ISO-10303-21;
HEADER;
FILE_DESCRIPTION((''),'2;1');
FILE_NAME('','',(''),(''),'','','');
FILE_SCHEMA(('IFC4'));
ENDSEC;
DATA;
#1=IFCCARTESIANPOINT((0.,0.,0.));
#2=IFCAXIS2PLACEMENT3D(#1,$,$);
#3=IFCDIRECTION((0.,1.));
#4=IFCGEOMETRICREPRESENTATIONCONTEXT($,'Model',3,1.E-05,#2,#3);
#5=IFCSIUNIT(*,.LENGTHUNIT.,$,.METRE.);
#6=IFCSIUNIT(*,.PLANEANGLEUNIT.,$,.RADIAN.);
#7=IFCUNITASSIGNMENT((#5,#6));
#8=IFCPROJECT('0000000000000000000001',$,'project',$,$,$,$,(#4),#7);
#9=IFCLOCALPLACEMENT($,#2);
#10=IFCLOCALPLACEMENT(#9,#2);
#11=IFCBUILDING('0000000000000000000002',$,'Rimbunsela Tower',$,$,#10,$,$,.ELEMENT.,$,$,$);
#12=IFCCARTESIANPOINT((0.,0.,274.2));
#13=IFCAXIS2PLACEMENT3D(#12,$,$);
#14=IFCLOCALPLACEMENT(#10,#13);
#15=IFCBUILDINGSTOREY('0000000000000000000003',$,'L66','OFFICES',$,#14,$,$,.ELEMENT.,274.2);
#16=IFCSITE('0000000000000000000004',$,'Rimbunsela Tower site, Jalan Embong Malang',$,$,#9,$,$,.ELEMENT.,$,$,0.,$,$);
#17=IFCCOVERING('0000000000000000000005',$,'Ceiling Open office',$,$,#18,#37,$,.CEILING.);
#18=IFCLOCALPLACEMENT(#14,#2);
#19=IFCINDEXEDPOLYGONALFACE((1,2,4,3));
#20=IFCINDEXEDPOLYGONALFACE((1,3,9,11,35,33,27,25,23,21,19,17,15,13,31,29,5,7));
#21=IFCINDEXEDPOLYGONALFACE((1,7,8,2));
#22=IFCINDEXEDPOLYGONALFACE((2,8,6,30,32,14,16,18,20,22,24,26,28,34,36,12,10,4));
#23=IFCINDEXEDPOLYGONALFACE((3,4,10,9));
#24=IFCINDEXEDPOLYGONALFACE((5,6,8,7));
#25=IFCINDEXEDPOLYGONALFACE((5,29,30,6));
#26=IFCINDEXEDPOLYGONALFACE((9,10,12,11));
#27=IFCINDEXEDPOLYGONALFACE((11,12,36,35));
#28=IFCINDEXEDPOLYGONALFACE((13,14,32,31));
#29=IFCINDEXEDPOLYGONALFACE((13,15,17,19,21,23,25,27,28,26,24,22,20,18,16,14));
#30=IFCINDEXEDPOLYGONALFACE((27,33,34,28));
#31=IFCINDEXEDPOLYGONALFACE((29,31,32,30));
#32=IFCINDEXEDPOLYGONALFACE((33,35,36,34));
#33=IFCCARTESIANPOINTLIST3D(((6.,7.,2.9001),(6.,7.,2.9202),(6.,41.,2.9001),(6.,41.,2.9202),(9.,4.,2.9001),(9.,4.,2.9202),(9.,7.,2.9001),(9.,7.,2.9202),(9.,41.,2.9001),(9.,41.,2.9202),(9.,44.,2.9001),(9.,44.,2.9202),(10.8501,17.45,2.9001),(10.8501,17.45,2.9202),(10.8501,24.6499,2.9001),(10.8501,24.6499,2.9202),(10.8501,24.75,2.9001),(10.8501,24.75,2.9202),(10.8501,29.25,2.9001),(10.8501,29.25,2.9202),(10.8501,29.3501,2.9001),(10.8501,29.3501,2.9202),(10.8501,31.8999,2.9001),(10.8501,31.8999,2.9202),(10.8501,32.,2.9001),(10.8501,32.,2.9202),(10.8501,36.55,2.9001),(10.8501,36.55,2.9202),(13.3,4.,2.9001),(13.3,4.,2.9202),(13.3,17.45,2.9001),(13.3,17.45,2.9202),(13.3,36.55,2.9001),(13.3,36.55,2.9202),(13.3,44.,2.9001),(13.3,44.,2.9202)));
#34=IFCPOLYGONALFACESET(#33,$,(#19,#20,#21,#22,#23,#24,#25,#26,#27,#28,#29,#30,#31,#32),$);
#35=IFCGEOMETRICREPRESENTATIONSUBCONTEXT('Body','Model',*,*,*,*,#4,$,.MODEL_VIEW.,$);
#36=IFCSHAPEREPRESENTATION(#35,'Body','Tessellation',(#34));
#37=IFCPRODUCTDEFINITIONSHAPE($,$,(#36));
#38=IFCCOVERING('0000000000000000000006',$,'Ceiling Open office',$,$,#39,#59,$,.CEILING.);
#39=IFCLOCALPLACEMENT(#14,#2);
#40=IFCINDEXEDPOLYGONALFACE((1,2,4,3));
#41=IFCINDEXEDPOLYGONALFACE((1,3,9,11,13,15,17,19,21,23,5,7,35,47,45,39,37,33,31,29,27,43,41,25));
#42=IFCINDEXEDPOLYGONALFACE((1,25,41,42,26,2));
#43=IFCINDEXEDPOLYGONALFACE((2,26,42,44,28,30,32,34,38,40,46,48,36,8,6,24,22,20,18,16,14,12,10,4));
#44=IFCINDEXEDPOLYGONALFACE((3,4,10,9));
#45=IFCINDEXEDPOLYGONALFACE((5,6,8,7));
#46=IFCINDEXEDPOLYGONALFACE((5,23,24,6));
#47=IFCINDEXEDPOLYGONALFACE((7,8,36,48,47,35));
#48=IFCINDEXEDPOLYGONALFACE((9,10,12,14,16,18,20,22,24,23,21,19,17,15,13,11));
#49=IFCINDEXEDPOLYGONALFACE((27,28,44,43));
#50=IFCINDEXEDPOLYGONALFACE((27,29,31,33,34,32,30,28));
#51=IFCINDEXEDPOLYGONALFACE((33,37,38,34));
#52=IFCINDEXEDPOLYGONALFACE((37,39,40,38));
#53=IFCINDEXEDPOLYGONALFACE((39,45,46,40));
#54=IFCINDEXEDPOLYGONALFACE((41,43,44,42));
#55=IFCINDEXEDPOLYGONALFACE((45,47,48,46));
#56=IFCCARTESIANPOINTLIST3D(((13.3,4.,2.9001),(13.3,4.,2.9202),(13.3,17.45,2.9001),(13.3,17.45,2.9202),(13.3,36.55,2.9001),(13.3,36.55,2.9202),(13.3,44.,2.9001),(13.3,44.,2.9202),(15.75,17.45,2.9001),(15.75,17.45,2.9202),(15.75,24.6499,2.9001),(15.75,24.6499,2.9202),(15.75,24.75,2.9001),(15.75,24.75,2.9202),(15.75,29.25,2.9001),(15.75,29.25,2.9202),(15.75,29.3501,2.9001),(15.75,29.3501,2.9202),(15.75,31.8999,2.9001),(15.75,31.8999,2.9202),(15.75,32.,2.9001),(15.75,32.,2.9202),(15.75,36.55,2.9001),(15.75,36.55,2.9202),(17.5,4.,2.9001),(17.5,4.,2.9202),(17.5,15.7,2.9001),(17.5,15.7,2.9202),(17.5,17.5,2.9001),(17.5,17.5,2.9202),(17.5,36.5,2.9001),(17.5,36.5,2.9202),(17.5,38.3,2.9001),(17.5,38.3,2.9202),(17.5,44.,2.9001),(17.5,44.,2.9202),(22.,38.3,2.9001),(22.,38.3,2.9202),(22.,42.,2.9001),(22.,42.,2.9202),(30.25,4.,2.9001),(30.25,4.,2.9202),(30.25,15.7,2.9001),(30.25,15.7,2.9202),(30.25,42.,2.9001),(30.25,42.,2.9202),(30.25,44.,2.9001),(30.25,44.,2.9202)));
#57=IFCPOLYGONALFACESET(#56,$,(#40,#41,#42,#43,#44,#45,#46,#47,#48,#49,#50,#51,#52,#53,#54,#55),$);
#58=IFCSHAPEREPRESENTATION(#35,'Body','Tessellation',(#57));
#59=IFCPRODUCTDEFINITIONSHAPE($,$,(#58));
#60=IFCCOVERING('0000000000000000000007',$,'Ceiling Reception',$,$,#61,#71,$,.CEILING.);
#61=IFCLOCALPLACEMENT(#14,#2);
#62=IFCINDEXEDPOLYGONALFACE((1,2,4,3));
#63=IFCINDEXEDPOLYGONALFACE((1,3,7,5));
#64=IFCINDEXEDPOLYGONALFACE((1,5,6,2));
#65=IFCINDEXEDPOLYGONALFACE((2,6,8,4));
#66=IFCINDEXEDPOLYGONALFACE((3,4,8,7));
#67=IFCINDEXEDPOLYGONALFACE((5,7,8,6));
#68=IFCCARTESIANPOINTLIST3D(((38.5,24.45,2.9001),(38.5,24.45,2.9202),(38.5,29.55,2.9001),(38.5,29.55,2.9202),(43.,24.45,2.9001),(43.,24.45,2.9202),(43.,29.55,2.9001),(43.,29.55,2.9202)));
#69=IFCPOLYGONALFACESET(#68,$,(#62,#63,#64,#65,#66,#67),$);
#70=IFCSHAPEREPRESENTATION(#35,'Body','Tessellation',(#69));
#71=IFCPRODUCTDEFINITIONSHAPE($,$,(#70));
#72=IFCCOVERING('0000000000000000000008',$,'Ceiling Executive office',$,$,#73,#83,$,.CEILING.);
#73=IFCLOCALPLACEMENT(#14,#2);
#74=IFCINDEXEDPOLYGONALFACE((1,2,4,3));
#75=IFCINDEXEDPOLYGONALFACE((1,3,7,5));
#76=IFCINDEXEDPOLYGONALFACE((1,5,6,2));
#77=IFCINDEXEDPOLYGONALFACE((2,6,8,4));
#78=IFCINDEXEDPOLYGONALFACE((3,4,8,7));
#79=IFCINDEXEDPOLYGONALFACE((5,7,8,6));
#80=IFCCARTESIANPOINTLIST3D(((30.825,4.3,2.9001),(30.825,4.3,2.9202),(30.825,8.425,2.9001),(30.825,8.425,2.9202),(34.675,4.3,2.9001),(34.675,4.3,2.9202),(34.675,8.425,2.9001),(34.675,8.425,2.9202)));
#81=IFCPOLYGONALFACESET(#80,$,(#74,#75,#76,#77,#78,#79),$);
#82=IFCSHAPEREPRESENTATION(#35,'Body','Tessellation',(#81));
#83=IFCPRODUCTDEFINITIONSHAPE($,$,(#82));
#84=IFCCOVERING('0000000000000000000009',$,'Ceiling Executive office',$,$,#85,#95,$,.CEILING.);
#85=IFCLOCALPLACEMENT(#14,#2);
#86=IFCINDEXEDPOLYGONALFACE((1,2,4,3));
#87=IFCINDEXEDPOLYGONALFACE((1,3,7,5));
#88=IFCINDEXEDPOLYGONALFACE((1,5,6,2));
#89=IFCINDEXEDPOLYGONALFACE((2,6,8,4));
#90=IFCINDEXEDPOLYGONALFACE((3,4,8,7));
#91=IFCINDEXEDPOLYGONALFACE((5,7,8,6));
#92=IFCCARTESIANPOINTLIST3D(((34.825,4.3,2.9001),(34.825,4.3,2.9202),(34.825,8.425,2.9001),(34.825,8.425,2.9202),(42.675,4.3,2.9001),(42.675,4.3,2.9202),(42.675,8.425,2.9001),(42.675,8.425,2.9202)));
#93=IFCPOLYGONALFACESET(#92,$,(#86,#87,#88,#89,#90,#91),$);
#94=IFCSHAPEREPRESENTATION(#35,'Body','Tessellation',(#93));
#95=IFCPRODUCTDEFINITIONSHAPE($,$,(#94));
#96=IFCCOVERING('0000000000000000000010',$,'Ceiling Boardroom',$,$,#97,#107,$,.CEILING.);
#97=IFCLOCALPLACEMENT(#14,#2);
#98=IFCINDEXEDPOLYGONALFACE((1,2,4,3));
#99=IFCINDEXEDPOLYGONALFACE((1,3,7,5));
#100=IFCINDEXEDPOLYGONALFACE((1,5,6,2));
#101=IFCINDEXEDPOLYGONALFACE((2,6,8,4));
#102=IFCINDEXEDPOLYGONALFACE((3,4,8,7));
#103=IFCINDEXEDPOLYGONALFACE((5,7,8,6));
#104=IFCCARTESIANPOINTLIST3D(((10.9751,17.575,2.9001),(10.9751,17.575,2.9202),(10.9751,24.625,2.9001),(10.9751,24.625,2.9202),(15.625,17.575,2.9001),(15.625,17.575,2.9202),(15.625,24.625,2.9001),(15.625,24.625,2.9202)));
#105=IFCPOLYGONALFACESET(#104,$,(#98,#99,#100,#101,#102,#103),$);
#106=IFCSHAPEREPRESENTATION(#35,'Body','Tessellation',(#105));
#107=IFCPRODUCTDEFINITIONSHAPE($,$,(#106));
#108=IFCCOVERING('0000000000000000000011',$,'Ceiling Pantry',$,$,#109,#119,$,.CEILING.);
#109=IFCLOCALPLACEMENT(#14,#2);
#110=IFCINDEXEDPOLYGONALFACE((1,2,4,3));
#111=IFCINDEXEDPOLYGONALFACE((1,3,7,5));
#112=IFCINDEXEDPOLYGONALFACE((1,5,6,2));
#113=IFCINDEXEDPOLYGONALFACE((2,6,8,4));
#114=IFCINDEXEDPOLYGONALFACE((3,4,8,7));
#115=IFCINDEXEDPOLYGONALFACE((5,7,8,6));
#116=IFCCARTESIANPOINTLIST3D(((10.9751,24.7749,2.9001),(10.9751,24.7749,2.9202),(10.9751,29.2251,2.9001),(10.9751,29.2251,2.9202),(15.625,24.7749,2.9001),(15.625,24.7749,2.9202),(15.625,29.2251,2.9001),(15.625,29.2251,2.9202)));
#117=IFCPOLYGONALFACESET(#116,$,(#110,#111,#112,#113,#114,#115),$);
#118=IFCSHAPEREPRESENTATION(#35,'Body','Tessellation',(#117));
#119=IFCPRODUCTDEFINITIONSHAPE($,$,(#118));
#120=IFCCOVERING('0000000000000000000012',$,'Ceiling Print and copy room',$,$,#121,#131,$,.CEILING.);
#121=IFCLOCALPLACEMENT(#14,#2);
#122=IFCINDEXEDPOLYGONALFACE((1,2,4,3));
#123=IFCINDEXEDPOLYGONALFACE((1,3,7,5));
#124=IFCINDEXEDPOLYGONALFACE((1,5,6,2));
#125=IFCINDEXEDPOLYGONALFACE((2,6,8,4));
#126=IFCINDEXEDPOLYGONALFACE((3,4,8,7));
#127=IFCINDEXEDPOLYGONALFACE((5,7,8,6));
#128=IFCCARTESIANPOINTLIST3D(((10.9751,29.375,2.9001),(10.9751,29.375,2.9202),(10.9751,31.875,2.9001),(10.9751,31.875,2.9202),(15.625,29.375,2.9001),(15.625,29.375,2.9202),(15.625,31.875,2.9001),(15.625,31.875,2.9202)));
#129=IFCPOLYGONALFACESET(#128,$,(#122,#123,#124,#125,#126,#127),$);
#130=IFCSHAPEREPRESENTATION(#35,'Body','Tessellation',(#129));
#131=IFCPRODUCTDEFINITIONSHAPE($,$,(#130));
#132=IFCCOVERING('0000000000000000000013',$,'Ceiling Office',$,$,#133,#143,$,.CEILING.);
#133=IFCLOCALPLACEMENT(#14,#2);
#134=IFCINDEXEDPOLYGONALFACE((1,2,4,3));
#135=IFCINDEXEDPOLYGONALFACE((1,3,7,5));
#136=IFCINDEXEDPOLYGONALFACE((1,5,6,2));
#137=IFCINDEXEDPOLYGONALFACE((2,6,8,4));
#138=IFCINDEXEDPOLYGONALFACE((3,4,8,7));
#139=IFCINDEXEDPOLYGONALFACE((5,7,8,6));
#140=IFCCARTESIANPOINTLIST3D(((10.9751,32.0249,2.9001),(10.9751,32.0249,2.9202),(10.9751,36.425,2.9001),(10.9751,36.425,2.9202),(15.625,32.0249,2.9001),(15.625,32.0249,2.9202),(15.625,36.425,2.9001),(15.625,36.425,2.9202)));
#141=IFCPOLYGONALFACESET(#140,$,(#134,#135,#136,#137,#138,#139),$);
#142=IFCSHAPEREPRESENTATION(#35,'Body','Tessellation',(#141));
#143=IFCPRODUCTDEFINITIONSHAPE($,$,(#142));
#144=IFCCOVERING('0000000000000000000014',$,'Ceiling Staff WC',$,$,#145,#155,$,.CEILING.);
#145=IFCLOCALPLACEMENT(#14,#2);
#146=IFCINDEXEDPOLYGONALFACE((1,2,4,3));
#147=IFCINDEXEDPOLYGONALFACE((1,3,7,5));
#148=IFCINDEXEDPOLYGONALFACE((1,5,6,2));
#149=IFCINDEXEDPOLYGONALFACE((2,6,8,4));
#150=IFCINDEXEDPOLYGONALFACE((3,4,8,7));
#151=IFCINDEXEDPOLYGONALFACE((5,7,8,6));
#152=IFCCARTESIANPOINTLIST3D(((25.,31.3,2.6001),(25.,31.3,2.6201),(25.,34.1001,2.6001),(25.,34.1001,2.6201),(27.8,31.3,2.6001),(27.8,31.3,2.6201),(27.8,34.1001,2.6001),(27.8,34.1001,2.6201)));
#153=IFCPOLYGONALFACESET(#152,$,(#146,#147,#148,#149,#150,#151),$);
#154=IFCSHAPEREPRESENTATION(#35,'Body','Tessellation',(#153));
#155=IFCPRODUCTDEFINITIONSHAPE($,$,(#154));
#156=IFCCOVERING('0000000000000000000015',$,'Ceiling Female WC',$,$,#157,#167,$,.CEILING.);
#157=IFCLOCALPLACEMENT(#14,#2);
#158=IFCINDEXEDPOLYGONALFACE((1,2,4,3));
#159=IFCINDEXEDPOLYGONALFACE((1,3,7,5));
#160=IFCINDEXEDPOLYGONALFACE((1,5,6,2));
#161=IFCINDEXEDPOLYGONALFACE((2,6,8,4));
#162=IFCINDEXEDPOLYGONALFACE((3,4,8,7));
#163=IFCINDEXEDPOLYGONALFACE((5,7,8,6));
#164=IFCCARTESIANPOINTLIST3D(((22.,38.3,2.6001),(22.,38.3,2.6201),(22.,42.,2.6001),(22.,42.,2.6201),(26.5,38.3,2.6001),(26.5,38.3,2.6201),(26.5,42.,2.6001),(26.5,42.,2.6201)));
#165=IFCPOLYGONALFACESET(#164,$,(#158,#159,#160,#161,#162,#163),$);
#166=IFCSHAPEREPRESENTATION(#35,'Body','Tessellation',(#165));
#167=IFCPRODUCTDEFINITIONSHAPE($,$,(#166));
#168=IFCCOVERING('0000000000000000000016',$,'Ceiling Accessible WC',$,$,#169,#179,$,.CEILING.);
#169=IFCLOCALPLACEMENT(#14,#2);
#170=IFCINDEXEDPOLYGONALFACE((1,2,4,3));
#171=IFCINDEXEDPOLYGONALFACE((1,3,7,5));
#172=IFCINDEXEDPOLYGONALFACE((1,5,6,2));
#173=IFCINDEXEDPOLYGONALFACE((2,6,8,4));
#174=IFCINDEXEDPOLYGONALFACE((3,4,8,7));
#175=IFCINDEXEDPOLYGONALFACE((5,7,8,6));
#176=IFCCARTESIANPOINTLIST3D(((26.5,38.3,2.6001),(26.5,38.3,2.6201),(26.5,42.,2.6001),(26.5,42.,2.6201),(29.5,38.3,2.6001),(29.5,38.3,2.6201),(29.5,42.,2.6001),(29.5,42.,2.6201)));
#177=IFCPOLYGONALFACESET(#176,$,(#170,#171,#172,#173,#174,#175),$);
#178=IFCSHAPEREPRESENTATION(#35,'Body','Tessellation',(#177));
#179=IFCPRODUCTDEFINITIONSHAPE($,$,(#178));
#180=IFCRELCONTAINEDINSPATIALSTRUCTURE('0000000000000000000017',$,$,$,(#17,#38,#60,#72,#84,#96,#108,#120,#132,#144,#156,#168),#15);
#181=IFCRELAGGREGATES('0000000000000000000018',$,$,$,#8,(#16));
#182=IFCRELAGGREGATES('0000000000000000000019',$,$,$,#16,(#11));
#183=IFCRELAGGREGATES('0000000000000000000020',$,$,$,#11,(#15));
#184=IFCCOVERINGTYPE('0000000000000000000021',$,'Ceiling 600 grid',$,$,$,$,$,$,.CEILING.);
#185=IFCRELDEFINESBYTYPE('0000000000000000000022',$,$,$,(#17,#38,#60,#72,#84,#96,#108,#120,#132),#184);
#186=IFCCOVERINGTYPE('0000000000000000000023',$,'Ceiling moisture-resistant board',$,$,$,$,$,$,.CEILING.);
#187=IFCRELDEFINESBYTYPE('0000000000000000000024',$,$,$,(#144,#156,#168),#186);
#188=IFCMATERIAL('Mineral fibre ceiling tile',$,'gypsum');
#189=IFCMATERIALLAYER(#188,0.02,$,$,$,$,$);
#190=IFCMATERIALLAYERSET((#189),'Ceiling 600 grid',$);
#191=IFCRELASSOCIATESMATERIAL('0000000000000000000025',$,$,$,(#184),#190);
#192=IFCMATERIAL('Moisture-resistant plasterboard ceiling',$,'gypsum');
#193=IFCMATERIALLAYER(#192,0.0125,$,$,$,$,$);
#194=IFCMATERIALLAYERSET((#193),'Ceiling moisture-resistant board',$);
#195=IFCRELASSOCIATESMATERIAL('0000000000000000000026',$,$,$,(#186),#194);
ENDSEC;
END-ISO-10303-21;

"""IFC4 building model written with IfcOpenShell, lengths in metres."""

from ifc_helpers import new_model, si_unit, direction, frame, origin, place, context, subcontext, project, spatial, polyline, outline, extrude, material, layer, layer_set, type_object, element, save


model = new_model("IFC4")

# Units and contexts
model_context = context("Model", 3, precision=1e-05, world=origin(), true_north=direction((0.0, 1.0)))
body_context = subcontext(model_context, "Body", "Model", "MODEL_VIEW")
ifc_project = project(units=[si_unit("LENGTHUNIT", "METRE"), si_unit("PLANEANGLEUNIT", "RADIAN")], contexts=[model_context])

# Site, building, storey
site_placement = place(None, origin())
site = spatial("IfcSite", under=ifc_project, at=site_placement, Name="Rimbunsela Tower site, Jalan Embong Malang", CompositionType="ELEMENT", RefElevation=0.0)
building_placement = place(site_placement, origin())
building = spatial("IfcBuilding", under=site, at=building_placement, Name="Rimbunsela Tower", CompositionType="ELEMENT")
storey_placement = place(building_placement, frame((0.0, 0.0, 274.2)))
storey = spatial("IfcBuildingStorey", under=building, at=storey_placement, Name="L66", Description="OFFICES", CompositionType="ELEMENT", Elevation=274.2)

# Coverings
ifc_material_1 = material(Name="Mineral fibre ceiling tile", Category="gypsum")
ifc_layer_1 = layer(ifc_material_1, 0.02)
ifc_layer_set_1 = layer_set([ifc_layer_1], Name="Ceiling 600 grid")
covering_type_1 = type_object("IfcCoveringType", Name="Ceiling 600 grid", PredefinedType="CEILING", material=ifc_layer_set_1)
covering_1_placement = place(storey_placement, frame((0.0, 0.0, 2.9001)))
element("IfcCovering", 1, at=covering_1_placement, inside=storey, type_object=covering_type_1, Name="Ceiling Open office", PredefinedType="CEILING", context=body_context, shape_type="SweptSolid", body=[
    extrude(outline(polyline([(13.3, 4.0), (9.0, 4.0), (9.0, 7.0), (6.0, 7.0), (6.0, 41.0), (9.0, 41.0), (9.0, 44.0), (13.3, 44.0), (13.3, 36.55), (10.8501, 36.55), (10.8501, 32.0), (10.8501, 31.8999), (10.8501, 29.3501), (10.8501, 29.25), (10.8501, 24.75), (10.8501, 24.6499), (10.8501, 17.45), (13.3, 17.45), (13.3, 4.0)])), origin(), (0.0, 0.0, 1.0), 0.02),
])
covering_2_placement = place(storey_placement, frame((0.0, 0.0, 2.9001)))
element("IfcCovering", 2, at=covering_2_placement, inside=storey, type_object=covering_type_1, Name="Ceiling Open office", PredefinedType="CEILING", context=body_context, shape_type="SweptSolid", body=[
    extrude(outline(polyline([(30.25, 4.0), (17.5, 4.0), (13.3, 4.0), (13.3, 17.45), (15.75, 17.45), (15.75, 24.6499), (15.75, 24.75), (15.75, 29.25), (15.75, 29.3501), (15.75, 31.8999), (15.75, 32.0), (15.75, 36.55), (13.3, 36.55), (13.3, 44.0), (17.5, 44.0), (30.25, 44.0), (30.25, 42.0), (22.0, 42.0), (22.0, 38.3), (17.5, 38.3), (17.5, 36.5), (17.5, 17.5), (17.5, 15.7), (30.25, 15.7), (30.25, 4.0)])), origin(), (0.0, 0.0, 1.0), 0.02),
])
covering_3_placement = place(storey_placement, frame((0.0, 0.0, 2.9001)))
element("IfcCovering", 3, at=covering_3_placement, inside=storey, type_object=covering_type_1, Name="Ceiling Reception", PredefinedType="CEILING", context=body_context, shape_type="SweptSolid", body=[
    extrude(outline(polyline([(43.0, 24.45), (43.0, 29.55), (38.5, 29.55), (38.5, 24.45), (43.0, 24.45)])), origin(), (0.0, 0.0, 1.0), 0.02),
])
covering_4_placement = place(storey_placement, frame((0.0, 0.0, 2.9001)))
element("IfcCovering", 4, at=covering_4_placement, inside=storey, type_object=covering_type_1, Name="Ceiling Executive office", PredefinedType="CEILING", context=body_context, shape_type="SweptSolid", body=[
    extrude(outline(polyline([(34.675, 4.3), (34.675, 8.425), (30.825, 8.425), (30.825, 4.3), (34.675, 4.3)])), origin(), (0.0, 0.0, 1.0), 0.02),
])
covering_5_placement = place(storey_placement, frame((0.0, 0.0, 2.9001)))
element("IfcCovering", 5, at=covering_5_placement, inside=storey, type_object=covering_type_1, Name="Ceiling Executive office", PredefinedType="CEILING", context=body_context, shape_type="SweptSolid", body=[
    extrude(outline(polyline([(42.675, 4.3), (42.675, 8.425), (34.825, 8.425), (34.825, 4.3), (42.675, 4.3)])), origin(), (0.0, 0.0, 1.0), 0.02),
])
covering_6_placement = place(storey_placement, frame((0.0, 0.0, 2.9001)))
element("IfcCovering", 6, at=covering_6_placement, inside=storey, type_object=covering_type_1, Name="Ceiling Boardroom", PredefinedType="CEILING", context=body_context, shape_type="SweptSolid", body=[
    extrude(outline(polyline([(15.625, 17.575), (15.625, 24.625), (10.9751, 24.625), (10.9751, 17.575), (15.625, 17.575)])), origin(), (0.0, 0.0, 1.0), 0.02),
])
covering_7_placement = place(storey_placement, frame((0.0, 0.0, 2.9001)))
element("IfcCovering", 7, at=covering_7_placement, inside=storey, type_object=covering_type_1, Name="Ceiling Pantry", PredefinedType="CEILING", context=body_context, shape_type="SweptSolid", body=[
    extrude(outline(polyline([(15.625, 24.7749), (15.625, 29.2251), (10.9751, 29.2251), (10.9751, 24.7749), (15.625, 24.7749)])), origin(), (0.0, 0.0, 1.0), 0.02),
])
covering_8_placement = place(storey_placement, frame((0.0, 0.0, 2.9001)))
element("IfcCovering", 8, at=covering_8_placement, inside=storey, type_object=covering_type_1, Name="Ceiling Print and copy room", PredefinedType="CEILING", context=body_context, shape_type="SweptSolid", body=[
    extrude(outline(polyline([(15.625, 29.375), (15.625, 31.875), (10.9751, 31.875), (10.9751, 29.375), (15.625, 29.375)])), origin(), (0.0, 0.0, 1.0), 0.02),
])
covering_9_placement = place(storey_placement, frame((0.0, 0.0, 2.9001)))
element("IfcCovering", 9, at=covering_9_placement, inside=storey, type_object=covering_type_1, Name="Ceiling Office", PredefinedType="CEILING", context=body_context, shape_type="SweptSolid", body=[
    extrude(outline(polyline([(15.625, 32.0249), (15.625, 36.425), (10.9751, 36.425), (10.9751, 32.0249), (15.625, 32.0249)])), origin(), (0.0, 0.0, 1.0), 0.02),
])
ifc_material_2 = material(Name="Moisture-resistant plasterboard ceiling", Category="gypsum")
ifc_layer_2 = layer(ifc_material_2, 0.0125)
ifc_layer_set_2 = layer_set([ifc_layer_2], Name="Ceiling moisture-resistant board")
covering_type_2 = type_object("IfcCoveringType", Name="Ceiling moisture-resistant board", PredefinedType="CEILING", material=ifc_layer_set_2)
covering_10_placement = place(storey_placement, frame((0.0, 0.0, 2.6001)))
element("IfcCovering", 10, at=covering_10_placement, inside=storey, type_object=covering_type_2, Name="Ceiling Staff WC", PredefinedType="CEILING", context=body_context, shape_type="SweptSolid", body=[
    extrude(outline(polyline([(27.8, 31.3), (27.8, 34.1001), (25.0, 34.1001), (25.0, 31.3), (27.8, 31.3)])), origin(), (0.0, 0.0, 1.0), 0.02),
])
covering_11_placement = place(storey_placement, frame((0.0, 0.0, 2.6001)))
element("IfcCovering", 11, at=covering_11_placement, inside=storey, type_object=covering_type_2, Name="Ceiling Female WC", PredefinedType="CEILING", context=body_context, shape_type="SweptSolid", body=[
    extrude(outline(polyline([(26.5, 38.3), (26.5, 42.0), (22.0, 42.0), (22.0, 38.3), (26.5, 38.3)])), origin(), (0.0, 0.0, 1.0), 0.02),
])
covering_12_placement = place(storey_placement, frame((0.0, 0.0, 2.6001)))
element("IfcCovering", 12, at=covering_12_placement, inside=storey, type_object=covering_type_2, Name="Ceiling Accessible WC", PredefinedType="CEILING", context=body_context, shape_type="SweptSolid", body=[
    extrude(outline(polyline([(29.5, 38.3), (29.5, 42.0), (26.5, 42.0), (26.5, 38.3), (29.5, 38.3)])), origin(), (0.0, 0.0, 1.0), 0.02),
])

save(model, "model.ifc")
